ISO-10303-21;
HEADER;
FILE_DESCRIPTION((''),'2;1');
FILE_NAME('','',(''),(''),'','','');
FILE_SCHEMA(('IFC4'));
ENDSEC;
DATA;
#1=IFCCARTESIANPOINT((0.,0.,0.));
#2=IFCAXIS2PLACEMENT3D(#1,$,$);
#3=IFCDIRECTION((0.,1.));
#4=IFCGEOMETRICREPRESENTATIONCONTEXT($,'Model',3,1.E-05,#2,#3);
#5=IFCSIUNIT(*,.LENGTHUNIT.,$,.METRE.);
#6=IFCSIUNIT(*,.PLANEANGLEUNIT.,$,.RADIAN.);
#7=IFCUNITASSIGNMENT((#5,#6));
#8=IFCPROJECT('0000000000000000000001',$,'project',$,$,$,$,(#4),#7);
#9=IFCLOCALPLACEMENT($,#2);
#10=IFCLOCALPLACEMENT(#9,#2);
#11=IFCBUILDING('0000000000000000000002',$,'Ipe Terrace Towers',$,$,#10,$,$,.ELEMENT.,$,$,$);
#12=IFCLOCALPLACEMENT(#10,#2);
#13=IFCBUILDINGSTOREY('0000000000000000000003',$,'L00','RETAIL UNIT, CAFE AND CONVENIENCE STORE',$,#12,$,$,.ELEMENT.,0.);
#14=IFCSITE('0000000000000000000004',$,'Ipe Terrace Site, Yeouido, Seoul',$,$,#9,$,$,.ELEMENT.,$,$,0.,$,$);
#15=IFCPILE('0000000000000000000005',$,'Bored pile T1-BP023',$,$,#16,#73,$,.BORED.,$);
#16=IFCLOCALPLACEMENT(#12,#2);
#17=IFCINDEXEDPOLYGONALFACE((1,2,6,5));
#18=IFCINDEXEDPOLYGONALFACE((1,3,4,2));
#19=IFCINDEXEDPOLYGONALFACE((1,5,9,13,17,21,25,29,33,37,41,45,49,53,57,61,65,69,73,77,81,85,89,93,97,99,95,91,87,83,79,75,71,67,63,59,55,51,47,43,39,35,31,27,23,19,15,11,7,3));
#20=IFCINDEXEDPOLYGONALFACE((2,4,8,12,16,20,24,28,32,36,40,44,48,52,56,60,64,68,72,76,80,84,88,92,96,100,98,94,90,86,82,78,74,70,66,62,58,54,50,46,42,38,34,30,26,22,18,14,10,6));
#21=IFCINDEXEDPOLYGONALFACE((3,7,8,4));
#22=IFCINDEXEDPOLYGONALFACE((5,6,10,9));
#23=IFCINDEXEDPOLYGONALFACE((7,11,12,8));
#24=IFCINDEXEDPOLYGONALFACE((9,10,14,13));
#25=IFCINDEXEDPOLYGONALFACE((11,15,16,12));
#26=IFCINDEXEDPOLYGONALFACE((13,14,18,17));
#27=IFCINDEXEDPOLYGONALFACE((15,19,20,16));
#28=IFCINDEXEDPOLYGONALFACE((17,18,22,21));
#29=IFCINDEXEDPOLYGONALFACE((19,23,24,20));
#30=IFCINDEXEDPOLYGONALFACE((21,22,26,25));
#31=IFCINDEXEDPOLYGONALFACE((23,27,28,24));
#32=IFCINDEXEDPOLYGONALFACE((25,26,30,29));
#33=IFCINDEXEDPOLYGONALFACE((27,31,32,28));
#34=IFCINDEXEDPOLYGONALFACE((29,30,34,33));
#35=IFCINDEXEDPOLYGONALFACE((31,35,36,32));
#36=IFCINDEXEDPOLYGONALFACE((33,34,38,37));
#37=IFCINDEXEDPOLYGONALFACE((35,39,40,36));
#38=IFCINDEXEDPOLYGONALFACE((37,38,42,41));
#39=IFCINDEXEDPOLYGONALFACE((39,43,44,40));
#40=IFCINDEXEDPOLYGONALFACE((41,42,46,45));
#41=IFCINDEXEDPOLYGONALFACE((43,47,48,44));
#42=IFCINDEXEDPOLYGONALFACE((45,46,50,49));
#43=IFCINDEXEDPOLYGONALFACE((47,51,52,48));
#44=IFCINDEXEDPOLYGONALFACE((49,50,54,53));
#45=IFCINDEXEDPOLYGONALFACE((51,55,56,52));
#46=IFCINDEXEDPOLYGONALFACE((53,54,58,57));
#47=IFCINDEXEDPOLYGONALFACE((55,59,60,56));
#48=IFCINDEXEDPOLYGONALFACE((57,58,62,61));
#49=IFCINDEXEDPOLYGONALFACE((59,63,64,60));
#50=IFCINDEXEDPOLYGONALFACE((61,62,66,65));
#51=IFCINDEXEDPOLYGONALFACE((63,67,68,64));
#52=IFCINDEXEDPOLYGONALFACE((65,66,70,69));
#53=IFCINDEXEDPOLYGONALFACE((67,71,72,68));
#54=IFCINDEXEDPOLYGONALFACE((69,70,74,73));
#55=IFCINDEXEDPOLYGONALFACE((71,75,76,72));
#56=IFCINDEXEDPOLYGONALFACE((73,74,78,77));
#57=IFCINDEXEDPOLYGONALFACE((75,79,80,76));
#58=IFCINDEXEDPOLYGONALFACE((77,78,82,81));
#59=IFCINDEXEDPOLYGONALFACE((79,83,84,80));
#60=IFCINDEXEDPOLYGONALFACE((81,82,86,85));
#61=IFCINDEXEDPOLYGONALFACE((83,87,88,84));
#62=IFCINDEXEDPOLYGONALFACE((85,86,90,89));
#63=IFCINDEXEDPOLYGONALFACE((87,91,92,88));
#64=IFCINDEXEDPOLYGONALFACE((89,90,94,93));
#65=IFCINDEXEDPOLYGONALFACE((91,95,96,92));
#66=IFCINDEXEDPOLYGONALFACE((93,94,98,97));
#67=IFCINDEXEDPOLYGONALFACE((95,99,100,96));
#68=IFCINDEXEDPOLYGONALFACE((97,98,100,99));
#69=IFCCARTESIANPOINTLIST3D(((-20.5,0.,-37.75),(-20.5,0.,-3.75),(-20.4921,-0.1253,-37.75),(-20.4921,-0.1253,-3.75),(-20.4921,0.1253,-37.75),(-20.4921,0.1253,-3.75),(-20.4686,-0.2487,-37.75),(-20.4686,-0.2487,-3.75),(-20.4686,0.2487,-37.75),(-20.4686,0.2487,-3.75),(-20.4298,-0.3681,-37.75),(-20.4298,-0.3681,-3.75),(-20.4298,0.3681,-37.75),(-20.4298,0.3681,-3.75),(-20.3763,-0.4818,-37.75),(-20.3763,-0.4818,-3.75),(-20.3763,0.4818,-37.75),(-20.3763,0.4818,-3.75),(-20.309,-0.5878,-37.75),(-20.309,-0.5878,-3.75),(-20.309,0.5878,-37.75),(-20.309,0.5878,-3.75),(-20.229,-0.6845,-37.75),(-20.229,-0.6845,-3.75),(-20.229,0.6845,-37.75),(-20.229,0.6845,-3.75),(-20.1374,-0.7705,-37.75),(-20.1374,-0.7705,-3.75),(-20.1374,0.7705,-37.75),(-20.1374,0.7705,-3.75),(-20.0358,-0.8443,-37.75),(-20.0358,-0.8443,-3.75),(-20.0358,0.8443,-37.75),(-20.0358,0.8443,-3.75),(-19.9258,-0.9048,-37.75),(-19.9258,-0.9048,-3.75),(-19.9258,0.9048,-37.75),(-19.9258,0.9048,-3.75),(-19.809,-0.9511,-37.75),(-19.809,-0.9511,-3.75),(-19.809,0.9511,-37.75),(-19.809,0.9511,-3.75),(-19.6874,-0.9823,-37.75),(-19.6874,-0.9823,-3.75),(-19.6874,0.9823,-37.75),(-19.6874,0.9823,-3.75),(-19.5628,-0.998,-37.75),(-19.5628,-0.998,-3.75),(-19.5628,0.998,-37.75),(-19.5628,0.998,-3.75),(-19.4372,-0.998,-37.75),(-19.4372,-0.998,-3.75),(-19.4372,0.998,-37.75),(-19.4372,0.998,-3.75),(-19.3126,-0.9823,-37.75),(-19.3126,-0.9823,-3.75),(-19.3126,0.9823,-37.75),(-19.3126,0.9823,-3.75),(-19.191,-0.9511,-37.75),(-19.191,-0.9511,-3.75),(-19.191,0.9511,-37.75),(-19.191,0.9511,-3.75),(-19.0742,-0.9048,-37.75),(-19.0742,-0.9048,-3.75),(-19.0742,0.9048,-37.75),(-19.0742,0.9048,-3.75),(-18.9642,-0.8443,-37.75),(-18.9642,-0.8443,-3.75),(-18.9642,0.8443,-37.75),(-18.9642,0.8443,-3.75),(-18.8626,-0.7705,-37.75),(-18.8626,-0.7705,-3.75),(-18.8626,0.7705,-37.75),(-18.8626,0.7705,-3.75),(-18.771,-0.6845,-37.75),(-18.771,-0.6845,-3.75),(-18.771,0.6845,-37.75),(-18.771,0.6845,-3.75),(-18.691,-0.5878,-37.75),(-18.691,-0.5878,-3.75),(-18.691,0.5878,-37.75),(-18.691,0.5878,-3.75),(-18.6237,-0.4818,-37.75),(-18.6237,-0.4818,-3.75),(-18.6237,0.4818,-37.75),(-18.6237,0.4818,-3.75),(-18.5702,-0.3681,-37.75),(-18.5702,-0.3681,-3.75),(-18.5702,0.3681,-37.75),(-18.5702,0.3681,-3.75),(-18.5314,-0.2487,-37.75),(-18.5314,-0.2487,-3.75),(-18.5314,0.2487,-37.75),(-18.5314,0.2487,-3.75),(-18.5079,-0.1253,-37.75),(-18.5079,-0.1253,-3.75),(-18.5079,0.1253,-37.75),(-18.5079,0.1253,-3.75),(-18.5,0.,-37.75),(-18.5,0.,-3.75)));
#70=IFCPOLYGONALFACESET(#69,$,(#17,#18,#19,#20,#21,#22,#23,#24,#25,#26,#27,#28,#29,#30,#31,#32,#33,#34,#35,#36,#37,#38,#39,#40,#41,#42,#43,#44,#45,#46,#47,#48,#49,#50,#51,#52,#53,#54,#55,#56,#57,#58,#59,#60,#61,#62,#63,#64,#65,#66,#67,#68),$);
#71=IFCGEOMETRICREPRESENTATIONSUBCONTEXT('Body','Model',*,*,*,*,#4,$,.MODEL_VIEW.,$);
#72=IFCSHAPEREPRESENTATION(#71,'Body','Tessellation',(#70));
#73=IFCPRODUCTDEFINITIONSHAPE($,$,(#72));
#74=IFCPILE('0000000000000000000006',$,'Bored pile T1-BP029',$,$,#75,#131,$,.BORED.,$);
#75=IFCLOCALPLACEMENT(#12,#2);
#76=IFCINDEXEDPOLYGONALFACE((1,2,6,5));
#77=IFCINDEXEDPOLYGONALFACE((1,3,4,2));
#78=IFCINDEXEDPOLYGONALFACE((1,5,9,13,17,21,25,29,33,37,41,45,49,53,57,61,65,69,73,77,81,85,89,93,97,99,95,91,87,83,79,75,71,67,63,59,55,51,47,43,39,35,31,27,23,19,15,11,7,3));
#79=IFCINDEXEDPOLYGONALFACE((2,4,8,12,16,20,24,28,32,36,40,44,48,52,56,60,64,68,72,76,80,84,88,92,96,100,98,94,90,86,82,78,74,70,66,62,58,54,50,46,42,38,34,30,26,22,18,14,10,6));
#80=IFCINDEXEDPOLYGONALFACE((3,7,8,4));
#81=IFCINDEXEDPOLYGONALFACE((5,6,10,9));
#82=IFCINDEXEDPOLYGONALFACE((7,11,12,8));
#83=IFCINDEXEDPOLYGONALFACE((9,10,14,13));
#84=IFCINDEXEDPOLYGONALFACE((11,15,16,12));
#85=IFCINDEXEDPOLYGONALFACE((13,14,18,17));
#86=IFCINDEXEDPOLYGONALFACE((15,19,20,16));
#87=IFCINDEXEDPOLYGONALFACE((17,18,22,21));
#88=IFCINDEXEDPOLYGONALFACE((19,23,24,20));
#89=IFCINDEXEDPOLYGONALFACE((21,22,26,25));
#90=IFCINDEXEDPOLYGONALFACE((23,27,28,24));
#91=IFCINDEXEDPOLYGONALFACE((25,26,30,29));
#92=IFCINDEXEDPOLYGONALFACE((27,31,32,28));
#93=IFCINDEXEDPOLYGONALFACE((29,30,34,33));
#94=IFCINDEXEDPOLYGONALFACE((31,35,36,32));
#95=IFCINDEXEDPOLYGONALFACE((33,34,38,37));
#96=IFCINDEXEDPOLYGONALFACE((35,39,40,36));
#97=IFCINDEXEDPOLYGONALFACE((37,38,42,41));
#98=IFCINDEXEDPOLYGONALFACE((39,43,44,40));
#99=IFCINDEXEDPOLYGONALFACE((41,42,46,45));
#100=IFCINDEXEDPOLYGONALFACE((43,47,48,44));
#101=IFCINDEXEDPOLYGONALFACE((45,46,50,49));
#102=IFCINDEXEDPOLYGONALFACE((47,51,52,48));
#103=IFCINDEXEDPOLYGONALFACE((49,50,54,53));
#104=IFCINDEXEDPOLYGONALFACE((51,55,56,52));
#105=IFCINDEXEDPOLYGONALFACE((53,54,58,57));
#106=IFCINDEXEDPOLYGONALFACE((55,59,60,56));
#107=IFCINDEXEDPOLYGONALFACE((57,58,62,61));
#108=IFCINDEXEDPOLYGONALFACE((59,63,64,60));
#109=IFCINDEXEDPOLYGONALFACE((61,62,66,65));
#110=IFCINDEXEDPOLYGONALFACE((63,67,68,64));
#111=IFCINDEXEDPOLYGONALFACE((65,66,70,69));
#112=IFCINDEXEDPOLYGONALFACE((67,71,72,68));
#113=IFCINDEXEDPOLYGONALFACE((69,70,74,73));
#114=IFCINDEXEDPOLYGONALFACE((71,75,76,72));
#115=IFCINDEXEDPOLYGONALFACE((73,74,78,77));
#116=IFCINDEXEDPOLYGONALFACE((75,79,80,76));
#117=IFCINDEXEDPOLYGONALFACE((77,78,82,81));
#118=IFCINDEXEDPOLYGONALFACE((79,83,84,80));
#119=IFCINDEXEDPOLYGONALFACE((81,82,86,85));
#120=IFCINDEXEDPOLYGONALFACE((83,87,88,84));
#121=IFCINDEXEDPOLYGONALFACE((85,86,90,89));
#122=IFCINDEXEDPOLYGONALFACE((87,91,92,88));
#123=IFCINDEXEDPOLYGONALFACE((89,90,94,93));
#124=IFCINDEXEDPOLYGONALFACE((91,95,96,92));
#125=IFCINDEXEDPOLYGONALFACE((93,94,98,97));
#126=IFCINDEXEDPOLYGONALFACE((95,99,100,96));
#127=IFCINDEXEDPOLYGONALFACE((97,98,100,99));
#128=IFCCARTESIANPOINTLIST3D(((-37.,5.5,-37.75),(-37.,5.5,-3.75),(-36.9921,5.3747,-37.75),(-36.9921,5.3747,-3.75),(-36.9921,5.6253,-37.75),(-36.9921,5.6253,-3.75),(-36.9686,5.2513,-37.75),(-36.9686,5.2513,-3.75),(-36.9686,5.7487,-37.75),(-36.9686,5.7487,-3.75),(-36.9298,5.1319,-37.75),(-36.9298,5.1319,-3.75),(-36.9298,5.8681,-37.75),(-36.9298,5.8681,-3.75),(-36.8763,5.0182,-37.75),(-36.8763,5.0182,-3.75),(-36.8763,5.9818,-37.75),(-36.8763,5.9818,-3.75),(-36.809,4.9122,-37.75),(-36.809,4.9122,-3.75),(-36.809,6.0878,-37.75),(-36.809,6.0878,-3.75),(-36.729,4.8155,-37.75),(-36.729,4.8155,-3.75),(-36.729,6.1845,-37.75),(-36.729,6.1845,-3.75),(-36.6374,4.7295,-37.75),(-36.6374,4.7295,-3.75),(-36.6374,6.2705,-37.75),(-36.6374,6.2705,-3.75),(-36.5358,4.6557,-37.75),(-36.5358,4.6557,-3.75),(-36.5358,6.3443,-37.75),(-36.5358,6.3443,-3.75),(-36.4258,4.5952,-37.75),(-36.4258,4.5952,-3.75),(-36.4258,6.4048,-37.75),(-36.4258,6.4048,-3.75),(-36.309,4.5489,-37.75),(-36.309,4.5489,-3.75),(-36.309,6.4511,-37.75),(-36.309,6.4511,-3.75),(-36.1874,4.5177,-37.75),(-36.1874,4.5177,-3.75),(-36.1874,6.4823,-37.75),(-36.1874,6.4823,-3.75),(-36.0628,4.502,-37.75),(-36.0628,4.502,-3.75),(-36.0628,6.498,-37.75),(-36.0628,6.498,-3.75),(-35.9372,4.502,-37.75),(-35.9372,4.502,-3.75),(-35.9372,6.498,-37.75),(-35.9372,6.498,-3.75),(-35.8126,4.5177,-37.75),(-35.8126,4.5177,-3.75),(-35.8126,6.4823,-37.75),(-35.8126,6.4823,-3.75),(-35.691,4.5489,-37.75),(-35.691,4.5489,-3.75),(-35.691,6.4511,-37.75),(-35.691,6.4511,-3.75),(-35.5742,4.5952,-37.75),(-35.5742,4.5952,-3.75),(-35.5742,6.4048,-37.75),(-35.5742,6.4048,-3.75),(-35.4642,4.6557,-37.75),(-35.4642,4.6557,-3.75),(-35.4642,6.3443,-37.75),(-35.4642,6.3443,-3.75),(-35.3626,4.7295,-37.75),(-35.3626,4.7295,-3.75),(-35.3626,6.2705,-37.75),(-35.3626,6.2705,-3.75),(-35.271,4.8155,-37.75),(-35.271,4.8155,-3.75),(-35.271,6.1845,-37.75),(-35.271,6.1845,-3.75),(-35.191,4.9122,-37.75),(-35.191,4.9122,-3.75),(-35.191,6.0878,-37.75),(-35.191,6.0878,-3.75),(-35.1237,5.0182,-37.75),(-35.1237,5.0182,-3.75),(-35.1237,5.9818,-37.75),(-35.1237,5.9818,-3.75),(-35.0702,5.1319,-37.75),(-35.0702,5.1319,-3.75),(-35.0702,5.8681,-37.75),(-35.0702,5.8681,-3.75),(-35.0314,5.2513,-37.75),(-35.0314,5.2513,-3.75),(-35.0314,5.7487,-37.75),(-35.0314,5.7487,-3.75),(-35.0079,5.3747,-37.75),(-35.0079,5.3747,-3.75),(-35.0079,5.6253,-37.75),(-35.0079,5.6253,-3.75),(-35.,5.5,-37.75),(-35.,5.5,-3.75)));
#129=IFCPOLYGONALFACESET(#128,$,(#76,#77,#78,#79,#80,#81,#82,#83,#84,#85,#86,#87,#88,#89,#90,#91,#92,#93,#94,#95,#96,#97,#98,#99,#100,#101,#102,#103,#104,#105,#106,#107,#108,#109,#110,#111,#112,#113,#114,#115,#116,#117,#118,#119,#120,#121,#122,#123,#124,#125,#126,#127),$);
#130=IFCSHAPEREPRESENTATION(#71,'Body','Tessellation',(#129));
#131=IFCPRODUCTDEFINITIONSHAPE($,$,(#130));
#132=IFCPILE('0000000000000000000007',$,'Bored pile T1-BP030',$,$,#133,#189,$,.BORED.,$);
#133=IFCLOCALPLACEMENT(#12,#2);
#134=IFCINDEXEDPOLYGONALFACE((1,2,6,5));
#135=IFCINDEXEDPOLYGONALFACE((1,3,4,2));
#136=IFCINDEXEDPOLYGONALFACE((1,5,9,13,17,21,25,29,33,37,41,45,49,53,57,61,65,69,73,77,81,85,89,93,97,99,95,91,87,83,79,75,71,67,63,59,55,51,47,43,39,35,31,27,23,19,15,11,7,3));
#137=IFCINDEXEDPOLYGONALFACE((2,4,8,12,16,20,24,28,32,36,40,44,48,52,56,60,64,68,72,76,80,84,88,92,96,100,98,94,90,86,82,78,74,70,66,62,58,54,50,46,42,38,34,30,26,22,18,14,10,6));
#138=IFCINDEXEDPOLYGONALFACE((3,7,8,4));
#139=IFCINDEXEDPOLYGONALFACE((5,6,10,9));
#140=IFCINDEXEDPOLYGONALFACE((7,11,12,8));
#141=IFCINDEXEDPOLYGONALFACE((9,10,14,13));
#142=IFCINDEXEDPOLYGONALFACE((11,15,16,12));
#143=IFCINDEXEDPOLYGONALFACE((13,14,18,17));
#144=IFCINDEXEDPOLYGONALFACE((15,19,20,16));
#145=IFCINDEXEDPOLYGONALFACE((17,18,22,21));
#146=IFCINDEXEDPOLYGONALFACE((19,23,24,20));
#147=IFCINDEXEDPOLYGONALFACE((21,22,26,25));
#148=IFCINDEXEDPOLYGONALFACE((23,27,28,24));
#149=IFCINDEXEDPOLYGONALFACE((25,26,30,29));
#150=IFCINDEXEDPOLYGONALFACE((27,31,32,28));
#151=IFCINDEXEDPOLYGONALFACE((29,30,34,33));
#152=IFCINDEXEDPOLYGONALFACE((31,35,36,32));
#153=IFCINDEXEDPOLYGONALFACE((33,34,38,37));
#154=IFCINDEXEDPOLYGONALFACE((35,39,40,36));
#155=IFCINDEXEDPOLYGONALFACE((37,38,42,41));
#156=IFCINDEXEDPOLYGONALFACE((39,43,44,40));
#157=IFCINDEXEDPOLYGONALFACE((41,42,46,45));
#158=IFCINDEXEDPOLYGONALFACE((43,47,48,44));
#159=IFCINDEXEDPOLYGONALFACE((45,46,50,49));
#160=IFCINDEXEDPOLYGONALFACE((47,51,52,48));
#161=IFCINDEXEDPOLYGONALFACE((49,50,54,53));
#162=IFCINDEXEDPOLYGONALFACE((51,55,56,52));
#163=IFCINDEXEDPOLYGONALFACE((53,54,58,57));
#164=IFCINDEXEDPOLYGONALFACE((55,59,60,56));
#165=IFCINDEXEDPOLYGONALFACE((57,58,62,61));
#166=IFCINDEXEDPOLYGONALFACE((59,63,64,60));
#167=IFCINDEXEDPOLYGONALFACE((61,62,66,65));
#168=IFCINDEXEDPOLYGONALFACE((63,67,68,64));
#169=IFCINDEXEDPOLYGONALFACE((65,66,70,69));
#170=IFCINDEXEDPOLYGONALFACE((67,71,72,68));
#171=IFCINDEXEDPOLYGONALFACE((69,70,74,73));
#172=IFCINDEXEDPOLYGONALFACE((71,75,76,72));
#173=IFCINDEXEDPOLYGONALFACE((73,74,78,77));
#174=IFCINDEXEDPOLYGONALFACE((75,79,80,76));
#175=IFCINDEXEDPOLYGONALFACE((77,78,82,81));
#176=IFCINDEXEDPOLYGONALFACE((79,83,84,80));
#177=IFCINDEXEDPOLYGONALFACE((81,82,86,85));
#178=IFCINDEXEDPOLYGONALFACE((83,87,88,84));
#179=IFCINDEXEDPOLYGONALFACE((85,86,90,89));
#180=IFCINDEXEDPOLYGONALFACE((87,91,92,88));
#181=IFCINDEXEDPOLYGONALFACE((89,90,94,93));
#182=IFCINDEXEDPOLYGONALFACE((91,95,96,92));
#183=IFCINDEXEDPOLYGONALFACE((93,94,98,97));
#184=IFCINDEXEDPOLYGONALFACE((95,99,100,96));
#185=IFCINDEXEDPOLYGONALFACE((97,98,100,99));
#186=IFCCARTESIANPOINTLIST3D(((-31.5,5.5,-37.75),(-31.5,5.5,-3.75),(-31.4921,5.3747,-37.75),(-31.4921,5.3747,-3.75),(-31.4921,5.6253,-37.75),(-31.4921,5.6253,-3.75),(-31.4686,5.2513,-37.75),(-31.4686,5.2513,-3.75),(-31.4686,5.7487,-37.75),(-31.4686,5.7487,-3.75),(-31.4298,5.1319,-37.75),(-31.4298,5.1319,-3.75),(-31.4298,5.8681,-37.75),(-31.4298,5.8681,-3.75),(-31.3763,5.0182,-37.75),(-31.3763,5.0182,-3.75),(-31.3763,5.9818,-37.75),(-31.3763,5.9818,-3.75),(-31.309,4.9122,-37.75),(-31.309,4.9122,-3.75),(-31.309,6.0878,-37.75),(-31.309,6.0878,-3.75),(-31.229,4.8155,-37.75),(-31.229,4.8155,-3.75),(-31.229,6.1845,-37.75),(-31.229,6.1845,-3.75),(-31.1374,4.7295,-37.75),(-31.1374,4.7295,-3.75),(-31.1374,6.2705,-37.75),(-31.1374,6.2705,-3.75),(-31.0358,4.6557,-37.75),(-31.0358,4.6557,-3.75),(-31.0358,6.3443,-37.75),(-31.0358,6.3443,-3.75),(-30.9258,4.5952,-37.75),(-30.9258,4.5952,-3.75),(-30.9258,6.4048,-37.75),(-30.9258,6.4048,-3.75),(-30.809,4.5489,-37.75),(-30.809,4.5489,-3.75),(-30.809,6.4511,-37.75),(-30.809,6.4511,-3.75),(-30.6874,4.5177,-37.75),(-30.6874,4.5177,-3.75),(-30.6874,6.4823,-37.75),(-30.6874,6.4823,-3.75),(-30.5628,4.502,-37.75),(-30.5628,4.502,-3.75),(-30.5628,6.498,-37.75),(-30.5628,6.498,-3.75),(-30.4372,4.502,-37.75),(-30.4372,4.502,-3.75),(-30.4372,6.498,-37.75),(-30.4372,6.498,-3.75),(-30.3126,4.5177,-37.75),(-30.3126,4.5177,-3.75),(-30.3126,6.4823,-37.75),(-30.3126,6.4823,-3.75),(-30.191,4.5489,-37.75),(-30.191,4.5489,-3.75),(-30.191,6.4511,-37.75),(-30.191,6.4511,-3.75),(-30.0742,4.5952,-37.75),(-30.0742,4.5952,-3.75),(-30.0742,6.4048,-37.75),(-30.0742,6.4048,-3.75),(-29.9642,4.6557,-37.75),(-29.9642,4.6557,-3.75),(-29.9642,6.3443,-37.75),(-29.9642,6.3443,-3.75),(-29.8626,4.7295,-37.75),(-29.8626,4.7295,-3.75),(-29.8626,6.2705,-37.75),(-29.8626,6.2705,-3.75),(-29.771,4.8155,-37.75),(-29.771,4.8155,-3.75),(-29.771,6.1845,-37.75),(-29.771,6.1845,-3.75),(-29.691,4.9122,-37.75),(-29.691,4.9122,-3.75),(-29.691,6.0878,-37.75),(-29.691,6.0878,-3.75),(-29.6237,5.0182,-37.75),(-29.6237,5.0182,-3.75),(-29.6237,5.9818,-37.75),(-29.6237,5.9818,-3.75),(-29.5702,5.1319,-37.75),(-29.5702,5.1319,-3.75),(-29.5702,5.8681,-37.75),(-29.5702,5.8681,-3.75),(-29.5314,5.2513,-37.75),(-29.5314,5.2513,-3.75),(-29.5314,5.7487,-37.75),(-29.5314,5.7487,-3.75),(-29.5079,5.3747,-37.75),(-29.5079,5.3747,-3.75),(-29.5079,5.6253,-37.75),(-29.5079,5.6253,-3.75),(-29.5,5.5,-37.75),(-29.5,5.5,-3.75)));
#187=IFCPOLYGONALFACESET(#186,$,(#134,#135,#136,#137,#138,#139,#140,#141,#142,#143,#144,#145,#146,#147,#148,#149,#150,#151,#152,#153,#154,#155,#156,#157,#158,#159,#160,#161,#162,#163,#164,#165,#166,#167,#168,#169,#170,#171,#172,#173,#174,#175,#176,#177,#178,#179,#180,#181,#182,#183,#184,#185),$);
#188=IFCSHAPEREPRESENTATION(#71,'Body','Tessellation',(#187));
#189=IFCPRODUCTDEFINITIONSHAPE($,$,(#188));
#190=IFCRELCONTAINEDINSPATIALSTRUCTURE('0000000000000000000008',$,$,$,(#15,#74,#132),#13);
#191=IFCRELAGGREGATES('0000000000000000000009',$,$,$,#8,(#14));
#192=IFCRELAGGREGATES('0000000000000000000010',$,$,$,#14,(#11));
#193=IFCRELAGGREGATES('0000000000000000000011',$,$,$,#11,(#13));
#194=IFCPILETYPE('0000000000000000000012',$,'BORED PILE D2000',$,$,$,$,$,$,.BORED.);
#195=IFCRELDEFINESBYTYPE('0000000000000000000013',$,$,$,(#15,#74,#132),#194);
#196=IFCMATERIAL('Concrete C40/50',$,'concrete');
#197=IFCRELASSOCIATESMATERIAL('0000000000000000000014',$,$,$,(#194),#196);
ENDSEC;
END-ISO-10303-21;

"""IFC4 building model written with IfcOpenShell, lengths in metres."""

from ifc_helpers import new_model, si_unit, direction, frame, origin, origin_2d, place, context, subcontext, project, spatial, circle, extrude, material, material_profile, profile_set, type_object, element, save


model = new_model("IFC4")

# Units and contexts
model_context = context("Model", 3, precision=1e-05, world=origin(), true_north=direction((0.0, 1.0)))
body_context = subcontext(model_context, "Body", "Model", "MODEL_VIEW")
ifc_project = project(units=[si_unit("LENGTHUNIT", "METRE"), si_unit("PLANEANGLEUNIT", "RADIAN")], contexts=[model_context])

# Site, building, storey
site_placement = place(None, origin())
site = spatial("IfcSite", under=ifc_project, at=site_placement, Name="Ipe Terrace Site, Yeouido, Seoul", CompositionType="ELEMENT", RefElevation=0.0)
building_placement = place(site_placement, origin())
building = spatial("IfcBuilding", under=site, at=building_placement, Name="Ipe Terrace Towers", CompositionType="ELEMENT")
storey_placement = place(building_placement, origin())
storey = spatial("IfcBuildingStorey", under=building, at=storey_placement, Name="L00", Description="RETAIL UNIT, CAFE AND CONVENIENCE STORE", CompositionType="ELEMENT", Elevation=0.0)

# Piles
ifc_material_1 = material(Name="Concrete C40/50", Category="concrete")
ifc_material_profile_1 = material_profile(ifc_material_1, circle(Radius=1.0, at=origin_2d()), Name="BORED PILE D2000")
ifc_profile_set_1 = profile_set([ifc_material_profile_1], Name="Concrete C40/50")
pile_type = type_object("IfcPileType", Name="BORED PILE D2000", PredefinedType="BORED", material=ifc_profile_set_1)
for number, where, z_axis, x_axis, name in (
    (1, (-19.5, 0.0, -3.75), (0.0, 0.0, -1.0), (1.0, 0.0, 0.0), "Bored pile T1-BP023"),
    (2, (-36.0, 5.5, -3.75), (0.0, 0.0, -1.0), (1.0, 0.0, 0.0), "Bored pile T1-BP029"),
    (3, (-30.5, 5.5, -3.75), (0.0, 0.0, -1.0), (1.0, 0.0, 0.0), "Bored pile T1-BP030"),
):
    element("IfcPile", number, at=place(storey_placement, frame(where, z_axis=z_axis, x_axis=x_axis)), inside=storey, type_object=pile_type, Name=name, PredefinedType="BORED", context=body_context, shape_type="SweptSolid", body=[
        extrude(circle(Radius=1.0, at=origin_2d()), origin(), (0.0, 0.0, 1.0), 34.0),
    ])

save(model, "model.ifc")
